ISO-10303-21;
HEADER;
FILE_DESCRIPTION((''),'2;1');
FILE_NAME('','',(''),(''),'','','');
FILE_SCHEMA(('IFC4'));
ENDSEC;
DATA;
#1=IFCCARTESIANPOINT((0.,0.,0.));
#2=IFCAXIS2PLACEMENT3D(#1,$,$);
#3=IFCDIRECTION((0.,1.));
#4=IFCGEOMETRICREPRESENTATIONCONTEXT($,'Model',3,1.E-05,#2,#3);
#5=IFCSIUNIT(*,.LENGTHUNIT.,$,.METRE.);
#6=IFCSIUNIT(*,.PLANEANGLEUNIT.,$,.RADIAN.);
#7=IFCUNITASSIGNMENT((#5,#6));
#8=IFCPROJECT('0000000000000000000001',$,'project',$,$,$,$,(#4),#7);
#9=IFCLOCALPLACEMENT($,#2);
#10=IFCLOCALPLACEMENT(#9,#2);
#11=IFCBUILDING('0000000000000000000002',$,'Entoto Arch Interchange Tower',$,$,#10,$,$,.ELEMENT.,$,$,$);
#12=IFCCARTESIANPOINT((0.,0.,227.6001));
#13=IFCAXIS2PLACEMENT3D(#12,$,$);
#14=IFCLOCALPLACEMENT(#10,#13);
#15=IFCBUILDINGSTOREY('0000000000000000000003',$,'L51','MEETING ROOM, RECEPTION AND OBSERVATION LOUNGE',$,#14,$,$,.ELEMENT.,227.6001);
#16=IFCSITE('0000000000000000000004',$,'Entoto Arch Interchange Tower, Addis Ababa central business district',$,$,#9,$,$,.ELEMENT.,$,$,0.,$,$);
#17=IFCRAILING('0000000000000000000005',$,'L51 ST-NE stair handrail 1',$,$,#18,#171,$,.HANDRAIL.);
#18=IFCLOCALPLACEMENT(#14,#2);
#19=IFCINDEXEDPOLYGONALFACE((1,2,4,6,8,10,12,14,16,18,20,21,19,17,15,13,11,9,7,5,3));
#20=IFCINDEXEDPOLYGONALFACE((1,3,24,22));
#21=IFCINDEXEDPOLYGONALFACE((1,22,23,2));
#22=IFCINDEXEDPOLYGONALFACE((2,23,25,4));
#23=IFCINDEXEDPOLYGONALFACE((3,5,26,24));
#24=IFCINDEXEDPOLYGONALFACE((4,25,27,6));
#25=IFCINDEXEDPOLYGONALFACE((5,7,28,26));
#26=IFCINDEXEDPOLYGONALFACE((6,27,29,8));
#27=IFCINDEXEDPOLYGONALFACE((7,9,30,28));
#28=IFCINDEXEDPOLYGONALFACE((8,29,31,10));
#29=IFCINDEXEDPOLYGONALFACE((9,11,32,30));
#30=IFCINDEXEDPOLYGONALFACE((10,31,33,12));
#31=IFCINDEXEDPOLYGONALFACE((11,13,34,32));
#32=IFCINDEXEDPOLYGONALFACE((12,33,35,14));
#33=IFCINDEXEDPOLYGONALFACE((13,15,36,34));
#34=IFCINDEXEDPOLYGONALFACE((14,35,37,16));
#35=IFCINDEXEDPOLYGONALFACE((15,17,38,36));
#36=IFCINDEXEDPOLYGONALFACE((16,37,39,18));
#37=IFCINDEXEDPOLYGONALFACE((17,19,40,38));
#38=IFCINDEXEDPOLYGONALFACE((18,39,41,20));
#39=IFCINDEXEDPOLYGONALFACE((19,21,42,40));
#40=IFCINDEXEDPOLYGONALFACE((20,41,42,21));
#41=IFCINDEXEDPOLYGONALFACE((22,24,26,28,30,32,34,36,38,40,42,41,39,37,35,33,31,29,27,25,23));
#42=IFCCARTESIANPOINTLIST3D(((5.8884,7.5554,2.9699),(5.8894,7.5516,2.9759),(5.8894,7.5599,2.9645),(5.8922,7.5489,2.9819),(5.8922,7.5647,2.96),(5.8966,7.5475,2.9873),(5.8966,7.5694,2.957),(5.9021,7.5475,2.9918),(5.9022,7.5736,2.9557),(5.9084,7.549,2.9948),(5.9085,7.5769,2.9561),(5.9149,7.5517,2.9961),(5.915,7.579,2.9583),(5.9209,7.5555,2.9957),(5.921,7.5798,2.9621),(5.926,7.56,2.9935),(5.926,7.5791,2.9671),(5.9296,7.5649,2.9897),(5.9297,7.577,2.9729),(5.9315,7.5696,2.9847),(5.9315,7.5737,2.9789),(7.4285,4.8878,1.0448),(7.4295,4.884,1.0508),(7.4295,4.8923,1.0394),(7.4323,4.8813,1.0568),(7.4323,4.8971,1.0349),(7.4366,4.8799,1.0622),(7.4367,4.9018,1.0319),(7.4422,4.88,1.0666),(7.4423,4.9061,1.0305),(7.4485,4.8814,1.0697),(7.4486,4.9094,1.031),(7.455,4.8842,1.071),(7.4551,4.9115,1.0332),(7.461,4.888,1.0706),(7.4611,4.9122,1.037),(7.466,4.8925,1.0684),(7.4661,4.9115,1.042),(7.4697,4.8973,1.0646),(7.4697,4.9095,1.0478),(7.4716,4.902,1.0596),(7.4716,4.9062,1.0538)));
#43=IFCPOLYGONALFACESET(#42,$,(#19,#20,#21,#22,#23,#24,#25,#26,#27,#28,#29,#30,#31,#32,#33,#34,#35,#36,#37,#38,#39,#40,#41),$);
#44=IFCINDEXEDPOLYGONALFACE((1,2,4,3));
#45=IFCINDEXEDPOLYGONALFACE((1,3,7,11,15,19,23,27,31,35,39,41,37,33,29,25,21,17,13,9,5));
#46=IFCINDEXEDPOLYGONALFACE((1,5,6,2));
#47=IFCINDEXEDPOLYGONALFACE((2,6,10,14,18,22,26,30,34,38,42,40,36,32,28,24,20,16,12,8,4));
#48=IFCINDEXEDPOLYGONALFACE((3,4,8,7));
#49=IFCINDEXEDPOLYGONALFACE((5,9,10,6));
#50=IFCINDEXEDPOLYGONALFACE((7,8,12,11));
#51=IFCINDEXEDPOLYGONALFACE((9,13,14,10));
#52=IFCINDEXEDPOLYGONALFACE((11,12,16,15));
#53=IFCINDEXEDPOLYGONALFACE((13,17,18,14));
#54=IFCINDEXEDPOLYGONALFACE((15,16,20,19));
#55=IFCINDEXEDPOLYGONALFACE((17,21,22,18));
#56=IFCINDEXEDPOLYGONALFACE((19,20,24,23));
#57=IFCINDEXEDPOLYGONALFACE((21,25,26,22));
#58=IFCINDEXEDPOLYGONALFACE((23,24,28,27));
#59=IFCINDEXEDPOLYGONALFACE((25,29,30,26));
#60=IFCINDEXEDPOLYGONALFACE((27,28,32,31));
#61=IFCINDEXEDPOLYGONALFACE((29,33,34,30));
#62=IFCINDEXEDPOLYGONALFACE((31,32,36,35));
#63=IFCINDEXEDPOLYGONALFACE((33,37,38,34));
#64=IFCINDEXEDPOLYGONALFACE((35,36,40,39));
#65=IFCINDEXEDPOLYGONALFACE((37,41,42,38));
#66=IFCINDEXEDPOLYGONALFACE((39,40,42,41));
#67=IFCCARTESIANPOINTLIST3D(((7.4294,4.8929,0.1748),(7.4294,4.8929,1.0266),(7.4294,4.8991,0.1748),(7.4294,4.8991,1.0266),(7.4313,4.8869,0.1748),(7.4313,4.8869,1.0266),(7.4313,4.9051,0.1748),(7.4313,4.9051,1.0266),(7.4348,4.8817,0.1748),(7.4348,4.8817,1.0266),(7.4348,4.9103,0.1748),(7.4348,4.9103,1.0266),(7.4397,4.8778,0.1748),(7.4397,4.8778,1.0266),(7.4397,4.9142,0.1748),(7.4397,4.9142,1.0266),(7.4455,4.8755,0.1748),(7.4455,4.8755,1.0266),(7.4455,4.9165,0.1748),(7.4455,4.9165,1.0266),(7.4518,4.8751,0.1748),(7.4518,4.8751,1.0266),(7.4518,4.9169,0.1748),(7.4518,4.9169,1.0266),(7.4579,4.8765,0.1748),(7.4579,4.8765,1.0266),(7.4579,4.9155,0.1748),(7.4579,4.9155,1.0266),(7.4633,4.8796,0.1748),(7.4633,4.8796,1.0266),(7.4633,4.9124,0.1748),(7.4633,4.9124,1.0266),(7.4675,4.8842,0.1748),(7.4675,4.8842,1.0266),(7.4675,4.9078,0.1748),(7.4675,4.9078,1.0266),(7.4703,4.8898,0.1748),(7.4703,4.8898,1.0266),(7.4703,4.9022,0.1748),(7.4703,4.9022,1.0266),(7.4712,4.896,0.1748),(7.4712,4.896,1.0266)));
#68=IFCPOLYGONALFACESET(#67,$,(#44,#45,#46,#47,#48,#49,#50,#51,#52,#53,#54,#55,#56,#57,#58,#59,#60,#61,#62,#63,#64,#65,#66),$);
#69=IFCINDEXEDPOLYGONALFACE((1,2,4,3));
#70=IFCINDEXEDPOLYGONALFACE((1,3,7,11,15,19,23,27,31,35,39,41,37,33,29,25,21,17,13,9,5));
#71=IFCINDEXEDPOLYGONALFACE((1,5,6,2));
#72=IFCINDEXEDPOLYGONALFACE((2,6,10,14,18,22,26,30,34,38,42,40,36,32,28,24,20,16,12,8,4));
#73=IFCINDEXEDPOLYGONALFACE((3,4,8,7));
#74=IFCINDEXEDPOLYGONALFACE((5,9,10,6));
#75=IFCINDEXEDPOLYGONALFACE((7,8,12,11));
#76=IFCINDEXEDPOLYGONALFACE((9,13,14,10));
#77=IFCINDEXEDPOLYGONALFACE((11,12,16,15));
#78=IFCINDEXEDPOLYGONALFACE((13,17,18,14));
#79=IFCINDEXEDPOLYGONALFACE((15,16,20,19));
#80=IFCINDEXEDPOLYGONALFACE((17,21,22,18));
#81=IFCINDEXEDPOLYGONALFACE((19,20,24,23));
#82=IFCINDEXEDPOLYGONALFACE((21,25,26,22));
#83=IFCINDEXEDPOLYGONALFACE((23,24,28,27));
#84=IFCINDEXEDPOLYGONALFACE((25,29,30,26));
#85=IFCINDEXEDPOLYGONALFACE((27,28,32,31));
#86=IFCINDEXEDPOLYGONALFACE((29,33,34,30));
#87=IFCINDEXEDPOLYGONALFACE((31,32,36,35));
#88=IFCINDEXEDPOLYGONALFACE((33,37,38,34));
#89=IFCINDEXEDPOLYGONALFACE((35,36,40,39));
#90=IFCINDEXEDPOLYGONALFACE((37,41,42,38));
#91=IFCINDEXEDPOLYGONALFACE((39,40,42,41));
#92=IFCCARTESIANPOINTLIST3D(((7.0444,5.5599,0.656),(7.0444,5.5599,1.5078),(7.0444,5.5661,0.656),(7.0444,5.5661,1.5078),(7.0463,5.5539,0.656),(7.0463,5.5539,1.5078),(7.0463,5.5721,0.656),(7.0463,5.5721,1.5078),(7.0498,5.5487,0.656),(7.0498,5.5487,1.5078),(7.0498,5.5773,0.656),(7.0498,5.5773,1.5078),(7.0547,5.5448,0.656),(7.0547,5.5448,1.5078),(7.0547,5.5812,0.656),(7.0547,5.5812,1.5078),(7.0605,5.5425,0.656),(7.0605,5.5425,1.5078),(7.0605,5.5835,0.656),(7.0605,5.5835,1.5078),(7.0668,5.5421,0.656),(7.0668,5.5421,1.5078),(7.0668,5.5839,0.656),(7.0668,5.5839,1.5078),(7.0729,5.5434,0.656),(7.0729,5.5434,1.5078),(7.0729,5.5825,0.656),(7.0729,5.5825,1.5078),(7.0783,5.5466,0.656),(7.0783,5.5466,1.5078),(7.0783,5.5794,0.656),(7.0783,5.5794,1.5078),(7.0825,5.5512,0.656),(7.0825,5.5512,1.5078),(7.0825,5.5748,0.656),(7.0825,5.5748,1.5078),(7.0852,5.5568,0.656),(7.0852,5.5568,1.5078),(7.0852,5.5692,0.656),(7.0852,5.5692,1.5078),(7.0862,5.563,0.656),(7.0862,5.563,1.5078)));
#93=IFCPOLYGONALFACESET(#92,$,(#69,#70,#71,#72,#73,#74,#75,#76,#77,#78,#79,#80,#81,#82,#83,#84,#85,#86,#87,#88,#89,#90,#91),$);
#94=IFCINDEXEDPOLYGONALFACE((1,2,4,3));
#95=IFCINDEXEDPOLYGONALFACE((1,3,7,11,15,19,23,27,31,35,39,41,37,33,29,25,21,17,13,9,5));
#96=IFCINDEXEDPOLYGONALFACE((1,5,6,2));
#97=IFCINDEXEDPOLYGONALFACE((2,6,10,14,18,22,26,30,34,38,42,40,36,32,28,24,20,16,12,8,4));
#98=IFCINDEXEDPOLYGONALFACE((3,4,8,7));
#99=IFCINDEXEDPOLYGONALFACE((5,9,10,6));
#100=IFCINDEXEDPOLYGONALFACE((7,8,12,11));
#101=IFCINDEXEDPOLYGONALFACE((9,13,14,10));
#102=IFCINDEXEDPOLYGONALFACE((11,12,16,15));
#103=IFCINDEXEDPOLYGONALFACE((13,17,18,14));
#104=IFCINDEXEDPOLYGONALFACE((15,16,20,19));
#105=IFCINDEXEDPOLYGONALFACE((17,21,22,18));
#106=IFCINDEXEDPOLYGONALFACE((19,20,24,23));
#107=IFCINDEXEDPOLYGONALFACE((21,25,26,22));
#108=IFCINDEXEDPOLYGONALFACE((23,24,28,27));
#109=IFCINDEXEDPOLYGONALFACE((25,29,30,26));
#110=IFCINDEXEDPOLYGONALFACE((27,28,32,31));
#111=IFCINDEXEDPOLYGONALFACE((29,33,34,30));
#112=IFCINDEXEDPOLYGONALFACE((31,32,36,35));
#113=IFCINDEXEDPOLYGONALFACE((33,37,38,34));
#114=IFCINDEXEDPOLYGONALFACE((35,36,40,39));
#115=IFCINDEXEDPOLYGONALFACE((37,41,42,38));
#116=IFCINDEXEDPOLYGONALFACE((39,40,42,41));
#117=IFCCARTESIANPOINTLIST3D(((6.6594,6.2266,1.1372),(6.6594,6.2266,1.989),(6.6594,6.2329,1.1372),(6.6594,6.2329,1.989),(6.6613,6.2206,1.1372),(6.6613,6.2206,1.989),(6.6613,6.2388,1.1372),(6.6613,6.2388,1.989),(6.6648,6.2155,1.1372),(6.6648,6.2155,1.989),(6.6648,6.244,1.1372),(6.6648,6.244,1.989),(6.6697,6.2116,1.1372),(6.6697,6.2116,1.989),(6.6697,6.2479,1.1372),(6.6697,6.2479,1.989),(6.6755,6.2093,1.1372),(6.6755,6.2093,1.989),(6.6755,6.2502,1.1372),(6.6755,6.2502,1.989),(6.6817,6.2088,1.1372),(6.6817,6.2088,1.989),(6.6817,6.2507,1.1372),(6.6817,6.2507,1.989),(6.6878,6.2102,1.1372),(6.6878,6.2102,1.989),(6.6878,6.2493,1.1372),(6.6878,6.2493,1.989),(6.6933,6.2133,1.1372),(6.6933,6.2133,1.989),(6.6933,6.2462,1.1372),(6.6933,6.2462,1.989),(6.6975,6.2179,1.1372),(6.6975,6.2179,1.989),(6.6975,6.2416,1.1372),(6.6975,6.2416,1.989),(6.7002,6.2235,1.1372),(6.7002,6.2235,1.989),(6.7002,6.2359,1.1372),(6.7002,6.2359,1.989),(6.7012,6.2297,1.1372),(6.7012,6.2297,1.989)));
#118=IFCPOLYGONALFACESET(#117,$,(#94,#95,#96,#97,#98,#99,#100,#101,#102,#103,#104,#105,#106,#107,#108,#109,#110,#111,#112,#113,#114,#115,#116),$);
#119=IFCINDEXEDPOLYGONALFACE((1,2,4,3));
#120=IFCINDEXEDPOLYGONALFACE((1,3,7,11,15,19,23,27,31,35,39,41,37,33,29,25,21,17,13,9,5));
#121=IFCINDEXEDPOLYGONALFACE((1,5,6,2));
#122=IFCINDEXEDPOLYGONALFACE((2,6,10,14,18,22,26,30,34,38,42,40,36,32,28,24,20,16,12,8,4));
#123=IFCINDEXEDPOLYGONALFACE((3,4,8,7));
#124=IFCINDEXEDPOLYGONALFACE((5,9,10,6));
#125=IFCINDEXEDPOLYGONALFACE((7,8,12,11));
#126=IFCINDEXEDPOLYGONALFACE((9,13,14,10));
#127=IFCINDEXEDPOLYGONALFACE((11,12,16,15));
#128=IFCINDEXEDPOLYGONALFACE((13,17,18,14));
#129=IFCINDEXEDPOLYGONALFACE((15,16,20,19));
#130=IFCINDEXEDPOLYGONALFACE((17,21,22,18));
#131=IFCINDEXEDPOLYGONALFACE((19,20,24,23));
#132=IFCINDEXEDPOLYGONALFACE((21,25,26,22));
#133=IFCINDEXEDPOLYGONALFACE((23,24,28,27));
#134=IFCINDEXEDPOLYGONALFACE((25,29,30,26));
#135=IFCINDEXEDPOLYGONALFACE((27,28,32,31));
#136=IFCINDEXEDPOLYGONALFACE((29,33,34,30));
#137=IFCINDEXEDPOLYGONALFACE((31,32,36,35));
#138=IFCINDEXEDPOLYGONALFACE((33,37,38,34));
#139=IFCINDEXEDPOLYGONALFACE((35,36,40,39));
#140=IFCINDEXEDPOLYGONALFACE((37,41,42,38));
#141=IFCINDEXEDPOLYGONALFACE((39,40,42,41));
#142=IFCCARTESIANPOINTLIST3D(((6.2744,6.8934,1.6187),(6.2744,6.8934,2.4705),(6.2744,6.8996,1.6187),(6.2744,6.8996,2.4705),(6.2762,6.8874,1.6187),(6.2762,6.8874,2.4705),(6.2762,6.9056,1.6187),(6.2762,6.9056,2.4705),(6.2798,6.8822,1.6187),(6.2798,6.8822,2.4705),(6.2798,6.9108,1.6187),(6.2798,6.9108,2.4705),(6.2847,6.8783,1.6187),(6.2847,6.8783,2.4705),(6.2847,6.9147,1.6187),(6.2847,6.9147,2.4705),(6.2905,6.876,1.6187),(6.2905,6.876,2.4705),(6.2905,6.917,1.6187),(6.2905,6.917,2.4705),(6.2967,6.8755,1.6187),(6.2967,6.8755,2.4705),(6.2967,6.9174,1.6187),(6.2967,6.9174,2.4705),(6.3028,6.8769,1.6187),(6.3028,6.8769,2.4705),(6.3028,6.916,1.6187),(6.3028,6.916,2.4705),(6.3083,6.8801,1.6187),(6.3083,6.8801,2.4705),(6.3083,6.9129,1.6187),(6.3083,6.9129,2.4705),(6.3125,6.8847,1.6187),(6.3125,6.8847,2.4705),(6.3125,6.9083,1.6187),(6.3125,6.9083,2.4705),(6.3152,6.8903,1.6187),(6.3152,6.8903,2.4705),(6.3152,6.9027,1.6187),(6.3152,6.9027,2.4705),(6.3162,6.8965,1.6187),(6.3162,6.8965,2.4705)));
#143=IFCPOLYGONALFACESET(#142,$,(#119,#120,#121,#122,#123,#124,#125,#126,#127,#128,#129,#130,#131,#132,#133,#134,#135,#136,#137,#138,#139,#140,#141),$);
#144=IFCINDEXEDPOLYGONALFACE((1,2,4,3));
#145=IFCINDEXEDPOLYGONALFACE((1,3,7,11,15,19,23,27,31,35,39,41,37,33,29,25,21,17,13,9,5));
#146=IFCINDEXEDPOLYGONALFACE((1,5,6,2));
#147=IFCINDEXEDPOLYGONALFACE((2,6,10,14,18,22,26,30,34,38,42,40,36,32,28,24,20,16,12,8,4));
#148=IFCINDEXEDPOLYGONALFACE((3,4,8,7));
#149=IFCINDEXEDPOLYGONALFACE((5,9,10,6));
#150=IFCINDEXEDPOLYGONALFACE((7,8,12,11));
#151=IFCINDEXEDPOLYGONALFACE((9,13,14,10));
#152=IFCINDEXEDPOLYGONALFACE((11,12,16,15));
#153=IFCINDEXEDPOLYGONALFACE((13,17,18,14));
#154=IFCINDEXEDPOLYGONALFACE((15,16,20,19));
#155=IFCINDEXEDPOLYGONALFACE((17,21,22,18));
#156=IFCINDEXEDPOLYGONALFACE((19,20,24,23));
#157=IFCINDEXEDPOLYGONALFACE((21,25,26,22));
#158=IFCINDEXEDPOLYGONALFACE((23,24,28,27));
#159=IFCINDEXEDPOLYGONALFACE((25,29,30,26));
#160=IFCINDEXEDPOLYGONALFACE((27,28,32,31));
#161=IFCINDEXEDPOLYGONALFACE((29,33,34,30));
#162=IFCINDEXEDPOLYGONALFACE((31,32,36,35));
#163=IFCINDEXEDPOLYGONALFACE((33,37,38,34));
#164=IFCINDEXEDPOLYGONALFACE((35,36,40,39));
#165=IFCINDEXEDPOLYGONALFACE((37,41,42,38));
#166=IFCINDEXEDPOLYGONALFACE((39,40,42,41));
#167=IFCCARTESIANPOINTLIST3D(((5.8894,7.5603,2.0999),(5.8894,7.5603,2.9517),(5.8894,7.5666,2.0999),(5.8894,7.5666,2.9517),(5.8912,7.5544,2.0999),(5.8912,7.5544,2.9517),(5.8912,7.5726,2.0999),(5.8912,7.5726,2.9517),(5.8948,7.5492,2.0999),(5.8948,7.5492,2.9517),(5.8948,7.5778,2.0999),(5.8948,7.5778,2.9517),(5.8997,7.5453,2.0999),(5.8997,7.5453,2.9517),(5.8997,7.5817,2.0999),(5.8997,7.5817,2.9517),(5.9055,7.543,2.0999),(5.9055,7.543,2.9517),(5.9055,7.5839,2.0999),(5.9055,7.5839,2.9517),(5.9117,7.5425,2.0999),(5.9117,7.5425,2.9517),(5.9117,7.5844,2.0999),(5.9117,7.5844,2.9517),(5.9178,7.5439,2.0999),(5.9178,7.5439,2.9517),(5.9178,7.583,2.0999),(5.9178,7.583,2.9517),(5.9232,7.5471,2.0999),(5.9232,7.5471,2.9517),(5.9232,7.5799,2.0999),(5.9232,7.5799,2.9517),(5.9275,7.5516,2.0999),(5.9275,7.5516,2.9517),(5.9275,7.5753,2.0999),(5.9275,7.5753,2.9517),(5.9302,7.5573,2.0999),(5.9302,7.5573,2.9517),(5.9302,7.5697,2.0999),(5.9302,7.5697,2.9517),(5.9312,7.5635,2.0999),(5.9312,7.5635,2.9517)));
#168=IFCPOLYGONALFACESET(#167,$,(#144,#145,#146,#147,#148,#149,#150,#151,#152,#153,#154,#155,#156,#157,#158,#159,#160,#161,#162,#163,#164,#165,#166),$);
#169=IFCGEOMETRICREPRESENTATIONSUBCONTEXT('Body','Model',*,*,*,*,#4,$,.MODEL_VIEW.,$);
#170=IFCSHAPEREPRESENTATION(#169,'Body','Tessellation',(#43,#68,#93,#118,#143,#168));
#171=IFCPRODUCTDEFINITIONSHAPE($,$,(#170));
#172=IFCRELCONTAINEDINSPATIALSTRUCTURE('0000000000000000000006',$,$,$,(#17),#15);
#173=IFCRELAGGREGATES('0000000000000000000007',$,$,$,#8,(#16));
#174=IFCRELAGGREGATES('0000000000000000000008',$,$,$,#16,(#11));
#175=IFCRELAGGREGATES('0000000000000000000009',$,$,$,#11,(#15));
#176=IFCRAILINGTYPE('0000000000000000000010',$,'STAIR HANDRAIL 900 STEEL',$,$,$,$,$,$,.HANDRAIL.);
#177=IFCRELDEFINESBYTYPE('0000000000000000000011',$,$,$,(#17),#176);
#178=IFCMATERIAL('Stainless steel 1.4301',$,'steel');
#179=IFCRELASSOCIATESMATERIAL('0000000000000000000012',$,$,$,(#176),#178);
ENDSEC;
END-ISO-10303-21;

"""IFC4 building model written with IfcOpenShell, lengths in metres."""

from ifc_helpers import new_model, si_unit, direction, frame, origin, origin_2d, place, context, subcontext, project, spatial, circle, extrude, material, type_object, element, save


model = new_model("IFC4")

# Units and contexts
model_context = context("Model", 3, precision=1e-05, world=origin(), true_north=direction((0.0, 1.0)))
body_context = subcontext(model_context, "Body", "Model", "MODEL_VIEW")
ifc_project = project(units=[si_unit("LENGTHUNIT", "METRE"), si_unit("PLANEANGLEUNIT", "RADIAN")], contexts=[model_context])

# Site, building, storey
site_placement = place(None, origin())
site = spatial("IfcSite", under=ifc_project, at=site_placement, Name="Entoto Arch Interchange Tower, Addis Ababa central business district", CompositionType="ELEMENT", RefElevation=0.0)
building_placement = place(site_placement, origin())
building = spatial("IfcBuilding", under=site, at=building_placement, Name="Entoto Arch Interchange Tower", CompositionType="ELEMENT")
storey_placement = place(building_placement, frame((0.0, 0.0, 227.6001)))
storey = spatial("IfcBuildingStorey", under=building, at=storey_placement, Name="L51", Description="MEETING ROOM, RECEPTION AND OBSERVATION LOUNGE", CompositionType="ELEMENT", Elevation=227.6001)

# Shared definitions
ifc_material_1 = material(Name="Stainless steel 1.4301", Category="steel")

# Railing
railing_type_1 = type_object("IfcRailingType", Name="STAIR HANDRAIL 900 STEEL", PredefinedType="HANDRAIL", material=ifc_material_1)
railing_1_placement = place(storey_placement, frame((7.4502, 4.896, 0.1748)))
element("IfcRailing", 1, at=railing_1_placement, inside=storey, type_object=railing_type_1, Name="L51 ST-NE stair handrail 1", PredefinedType="HANDRAIL", context=body_context, shape_type="SweptSolid", body=[
    extrude(circle(Radius=0.0239, at=origin_2d()), frame((0.0, 0.0, 0.876), z_axis=(-0.423994, 0.734395, 0.529993), x_axis=(-0.86603, -0.499992, 0.0)), (0.0, 0.0, 1.0), 3.6323),
    extrude(circle(Radius=0.021, at=origin_2d()), origin(), (0.0, 0.0, 1.0), 0.8518),
    extrude(circle(Radius=0.021, at=origin_2d()), frame((-0.385, 0.667, 0.4812)), (0.0, 0.0, 1.0), 0.8518),
    extrude(circle(Radius=0.021, at=origin_2d()), frame((-0.77, 1.3337, 0.9624)), (0.0, 0.0, 1.0), 0.8518),
    extrude(circle(Radius=0.021, at=origin_2d()), frame((-1.155, 2.0005, 1.4438)), (0.0, 0.0, 1.0), 0.8518),
    extrude(circle(Radius=0.021, at=origin_2d()), frame((-1.54, 2.6675, 1.925)), (0.0, 0.0, 1.0), 0.8518),
])

save(model, "model.ifc")
